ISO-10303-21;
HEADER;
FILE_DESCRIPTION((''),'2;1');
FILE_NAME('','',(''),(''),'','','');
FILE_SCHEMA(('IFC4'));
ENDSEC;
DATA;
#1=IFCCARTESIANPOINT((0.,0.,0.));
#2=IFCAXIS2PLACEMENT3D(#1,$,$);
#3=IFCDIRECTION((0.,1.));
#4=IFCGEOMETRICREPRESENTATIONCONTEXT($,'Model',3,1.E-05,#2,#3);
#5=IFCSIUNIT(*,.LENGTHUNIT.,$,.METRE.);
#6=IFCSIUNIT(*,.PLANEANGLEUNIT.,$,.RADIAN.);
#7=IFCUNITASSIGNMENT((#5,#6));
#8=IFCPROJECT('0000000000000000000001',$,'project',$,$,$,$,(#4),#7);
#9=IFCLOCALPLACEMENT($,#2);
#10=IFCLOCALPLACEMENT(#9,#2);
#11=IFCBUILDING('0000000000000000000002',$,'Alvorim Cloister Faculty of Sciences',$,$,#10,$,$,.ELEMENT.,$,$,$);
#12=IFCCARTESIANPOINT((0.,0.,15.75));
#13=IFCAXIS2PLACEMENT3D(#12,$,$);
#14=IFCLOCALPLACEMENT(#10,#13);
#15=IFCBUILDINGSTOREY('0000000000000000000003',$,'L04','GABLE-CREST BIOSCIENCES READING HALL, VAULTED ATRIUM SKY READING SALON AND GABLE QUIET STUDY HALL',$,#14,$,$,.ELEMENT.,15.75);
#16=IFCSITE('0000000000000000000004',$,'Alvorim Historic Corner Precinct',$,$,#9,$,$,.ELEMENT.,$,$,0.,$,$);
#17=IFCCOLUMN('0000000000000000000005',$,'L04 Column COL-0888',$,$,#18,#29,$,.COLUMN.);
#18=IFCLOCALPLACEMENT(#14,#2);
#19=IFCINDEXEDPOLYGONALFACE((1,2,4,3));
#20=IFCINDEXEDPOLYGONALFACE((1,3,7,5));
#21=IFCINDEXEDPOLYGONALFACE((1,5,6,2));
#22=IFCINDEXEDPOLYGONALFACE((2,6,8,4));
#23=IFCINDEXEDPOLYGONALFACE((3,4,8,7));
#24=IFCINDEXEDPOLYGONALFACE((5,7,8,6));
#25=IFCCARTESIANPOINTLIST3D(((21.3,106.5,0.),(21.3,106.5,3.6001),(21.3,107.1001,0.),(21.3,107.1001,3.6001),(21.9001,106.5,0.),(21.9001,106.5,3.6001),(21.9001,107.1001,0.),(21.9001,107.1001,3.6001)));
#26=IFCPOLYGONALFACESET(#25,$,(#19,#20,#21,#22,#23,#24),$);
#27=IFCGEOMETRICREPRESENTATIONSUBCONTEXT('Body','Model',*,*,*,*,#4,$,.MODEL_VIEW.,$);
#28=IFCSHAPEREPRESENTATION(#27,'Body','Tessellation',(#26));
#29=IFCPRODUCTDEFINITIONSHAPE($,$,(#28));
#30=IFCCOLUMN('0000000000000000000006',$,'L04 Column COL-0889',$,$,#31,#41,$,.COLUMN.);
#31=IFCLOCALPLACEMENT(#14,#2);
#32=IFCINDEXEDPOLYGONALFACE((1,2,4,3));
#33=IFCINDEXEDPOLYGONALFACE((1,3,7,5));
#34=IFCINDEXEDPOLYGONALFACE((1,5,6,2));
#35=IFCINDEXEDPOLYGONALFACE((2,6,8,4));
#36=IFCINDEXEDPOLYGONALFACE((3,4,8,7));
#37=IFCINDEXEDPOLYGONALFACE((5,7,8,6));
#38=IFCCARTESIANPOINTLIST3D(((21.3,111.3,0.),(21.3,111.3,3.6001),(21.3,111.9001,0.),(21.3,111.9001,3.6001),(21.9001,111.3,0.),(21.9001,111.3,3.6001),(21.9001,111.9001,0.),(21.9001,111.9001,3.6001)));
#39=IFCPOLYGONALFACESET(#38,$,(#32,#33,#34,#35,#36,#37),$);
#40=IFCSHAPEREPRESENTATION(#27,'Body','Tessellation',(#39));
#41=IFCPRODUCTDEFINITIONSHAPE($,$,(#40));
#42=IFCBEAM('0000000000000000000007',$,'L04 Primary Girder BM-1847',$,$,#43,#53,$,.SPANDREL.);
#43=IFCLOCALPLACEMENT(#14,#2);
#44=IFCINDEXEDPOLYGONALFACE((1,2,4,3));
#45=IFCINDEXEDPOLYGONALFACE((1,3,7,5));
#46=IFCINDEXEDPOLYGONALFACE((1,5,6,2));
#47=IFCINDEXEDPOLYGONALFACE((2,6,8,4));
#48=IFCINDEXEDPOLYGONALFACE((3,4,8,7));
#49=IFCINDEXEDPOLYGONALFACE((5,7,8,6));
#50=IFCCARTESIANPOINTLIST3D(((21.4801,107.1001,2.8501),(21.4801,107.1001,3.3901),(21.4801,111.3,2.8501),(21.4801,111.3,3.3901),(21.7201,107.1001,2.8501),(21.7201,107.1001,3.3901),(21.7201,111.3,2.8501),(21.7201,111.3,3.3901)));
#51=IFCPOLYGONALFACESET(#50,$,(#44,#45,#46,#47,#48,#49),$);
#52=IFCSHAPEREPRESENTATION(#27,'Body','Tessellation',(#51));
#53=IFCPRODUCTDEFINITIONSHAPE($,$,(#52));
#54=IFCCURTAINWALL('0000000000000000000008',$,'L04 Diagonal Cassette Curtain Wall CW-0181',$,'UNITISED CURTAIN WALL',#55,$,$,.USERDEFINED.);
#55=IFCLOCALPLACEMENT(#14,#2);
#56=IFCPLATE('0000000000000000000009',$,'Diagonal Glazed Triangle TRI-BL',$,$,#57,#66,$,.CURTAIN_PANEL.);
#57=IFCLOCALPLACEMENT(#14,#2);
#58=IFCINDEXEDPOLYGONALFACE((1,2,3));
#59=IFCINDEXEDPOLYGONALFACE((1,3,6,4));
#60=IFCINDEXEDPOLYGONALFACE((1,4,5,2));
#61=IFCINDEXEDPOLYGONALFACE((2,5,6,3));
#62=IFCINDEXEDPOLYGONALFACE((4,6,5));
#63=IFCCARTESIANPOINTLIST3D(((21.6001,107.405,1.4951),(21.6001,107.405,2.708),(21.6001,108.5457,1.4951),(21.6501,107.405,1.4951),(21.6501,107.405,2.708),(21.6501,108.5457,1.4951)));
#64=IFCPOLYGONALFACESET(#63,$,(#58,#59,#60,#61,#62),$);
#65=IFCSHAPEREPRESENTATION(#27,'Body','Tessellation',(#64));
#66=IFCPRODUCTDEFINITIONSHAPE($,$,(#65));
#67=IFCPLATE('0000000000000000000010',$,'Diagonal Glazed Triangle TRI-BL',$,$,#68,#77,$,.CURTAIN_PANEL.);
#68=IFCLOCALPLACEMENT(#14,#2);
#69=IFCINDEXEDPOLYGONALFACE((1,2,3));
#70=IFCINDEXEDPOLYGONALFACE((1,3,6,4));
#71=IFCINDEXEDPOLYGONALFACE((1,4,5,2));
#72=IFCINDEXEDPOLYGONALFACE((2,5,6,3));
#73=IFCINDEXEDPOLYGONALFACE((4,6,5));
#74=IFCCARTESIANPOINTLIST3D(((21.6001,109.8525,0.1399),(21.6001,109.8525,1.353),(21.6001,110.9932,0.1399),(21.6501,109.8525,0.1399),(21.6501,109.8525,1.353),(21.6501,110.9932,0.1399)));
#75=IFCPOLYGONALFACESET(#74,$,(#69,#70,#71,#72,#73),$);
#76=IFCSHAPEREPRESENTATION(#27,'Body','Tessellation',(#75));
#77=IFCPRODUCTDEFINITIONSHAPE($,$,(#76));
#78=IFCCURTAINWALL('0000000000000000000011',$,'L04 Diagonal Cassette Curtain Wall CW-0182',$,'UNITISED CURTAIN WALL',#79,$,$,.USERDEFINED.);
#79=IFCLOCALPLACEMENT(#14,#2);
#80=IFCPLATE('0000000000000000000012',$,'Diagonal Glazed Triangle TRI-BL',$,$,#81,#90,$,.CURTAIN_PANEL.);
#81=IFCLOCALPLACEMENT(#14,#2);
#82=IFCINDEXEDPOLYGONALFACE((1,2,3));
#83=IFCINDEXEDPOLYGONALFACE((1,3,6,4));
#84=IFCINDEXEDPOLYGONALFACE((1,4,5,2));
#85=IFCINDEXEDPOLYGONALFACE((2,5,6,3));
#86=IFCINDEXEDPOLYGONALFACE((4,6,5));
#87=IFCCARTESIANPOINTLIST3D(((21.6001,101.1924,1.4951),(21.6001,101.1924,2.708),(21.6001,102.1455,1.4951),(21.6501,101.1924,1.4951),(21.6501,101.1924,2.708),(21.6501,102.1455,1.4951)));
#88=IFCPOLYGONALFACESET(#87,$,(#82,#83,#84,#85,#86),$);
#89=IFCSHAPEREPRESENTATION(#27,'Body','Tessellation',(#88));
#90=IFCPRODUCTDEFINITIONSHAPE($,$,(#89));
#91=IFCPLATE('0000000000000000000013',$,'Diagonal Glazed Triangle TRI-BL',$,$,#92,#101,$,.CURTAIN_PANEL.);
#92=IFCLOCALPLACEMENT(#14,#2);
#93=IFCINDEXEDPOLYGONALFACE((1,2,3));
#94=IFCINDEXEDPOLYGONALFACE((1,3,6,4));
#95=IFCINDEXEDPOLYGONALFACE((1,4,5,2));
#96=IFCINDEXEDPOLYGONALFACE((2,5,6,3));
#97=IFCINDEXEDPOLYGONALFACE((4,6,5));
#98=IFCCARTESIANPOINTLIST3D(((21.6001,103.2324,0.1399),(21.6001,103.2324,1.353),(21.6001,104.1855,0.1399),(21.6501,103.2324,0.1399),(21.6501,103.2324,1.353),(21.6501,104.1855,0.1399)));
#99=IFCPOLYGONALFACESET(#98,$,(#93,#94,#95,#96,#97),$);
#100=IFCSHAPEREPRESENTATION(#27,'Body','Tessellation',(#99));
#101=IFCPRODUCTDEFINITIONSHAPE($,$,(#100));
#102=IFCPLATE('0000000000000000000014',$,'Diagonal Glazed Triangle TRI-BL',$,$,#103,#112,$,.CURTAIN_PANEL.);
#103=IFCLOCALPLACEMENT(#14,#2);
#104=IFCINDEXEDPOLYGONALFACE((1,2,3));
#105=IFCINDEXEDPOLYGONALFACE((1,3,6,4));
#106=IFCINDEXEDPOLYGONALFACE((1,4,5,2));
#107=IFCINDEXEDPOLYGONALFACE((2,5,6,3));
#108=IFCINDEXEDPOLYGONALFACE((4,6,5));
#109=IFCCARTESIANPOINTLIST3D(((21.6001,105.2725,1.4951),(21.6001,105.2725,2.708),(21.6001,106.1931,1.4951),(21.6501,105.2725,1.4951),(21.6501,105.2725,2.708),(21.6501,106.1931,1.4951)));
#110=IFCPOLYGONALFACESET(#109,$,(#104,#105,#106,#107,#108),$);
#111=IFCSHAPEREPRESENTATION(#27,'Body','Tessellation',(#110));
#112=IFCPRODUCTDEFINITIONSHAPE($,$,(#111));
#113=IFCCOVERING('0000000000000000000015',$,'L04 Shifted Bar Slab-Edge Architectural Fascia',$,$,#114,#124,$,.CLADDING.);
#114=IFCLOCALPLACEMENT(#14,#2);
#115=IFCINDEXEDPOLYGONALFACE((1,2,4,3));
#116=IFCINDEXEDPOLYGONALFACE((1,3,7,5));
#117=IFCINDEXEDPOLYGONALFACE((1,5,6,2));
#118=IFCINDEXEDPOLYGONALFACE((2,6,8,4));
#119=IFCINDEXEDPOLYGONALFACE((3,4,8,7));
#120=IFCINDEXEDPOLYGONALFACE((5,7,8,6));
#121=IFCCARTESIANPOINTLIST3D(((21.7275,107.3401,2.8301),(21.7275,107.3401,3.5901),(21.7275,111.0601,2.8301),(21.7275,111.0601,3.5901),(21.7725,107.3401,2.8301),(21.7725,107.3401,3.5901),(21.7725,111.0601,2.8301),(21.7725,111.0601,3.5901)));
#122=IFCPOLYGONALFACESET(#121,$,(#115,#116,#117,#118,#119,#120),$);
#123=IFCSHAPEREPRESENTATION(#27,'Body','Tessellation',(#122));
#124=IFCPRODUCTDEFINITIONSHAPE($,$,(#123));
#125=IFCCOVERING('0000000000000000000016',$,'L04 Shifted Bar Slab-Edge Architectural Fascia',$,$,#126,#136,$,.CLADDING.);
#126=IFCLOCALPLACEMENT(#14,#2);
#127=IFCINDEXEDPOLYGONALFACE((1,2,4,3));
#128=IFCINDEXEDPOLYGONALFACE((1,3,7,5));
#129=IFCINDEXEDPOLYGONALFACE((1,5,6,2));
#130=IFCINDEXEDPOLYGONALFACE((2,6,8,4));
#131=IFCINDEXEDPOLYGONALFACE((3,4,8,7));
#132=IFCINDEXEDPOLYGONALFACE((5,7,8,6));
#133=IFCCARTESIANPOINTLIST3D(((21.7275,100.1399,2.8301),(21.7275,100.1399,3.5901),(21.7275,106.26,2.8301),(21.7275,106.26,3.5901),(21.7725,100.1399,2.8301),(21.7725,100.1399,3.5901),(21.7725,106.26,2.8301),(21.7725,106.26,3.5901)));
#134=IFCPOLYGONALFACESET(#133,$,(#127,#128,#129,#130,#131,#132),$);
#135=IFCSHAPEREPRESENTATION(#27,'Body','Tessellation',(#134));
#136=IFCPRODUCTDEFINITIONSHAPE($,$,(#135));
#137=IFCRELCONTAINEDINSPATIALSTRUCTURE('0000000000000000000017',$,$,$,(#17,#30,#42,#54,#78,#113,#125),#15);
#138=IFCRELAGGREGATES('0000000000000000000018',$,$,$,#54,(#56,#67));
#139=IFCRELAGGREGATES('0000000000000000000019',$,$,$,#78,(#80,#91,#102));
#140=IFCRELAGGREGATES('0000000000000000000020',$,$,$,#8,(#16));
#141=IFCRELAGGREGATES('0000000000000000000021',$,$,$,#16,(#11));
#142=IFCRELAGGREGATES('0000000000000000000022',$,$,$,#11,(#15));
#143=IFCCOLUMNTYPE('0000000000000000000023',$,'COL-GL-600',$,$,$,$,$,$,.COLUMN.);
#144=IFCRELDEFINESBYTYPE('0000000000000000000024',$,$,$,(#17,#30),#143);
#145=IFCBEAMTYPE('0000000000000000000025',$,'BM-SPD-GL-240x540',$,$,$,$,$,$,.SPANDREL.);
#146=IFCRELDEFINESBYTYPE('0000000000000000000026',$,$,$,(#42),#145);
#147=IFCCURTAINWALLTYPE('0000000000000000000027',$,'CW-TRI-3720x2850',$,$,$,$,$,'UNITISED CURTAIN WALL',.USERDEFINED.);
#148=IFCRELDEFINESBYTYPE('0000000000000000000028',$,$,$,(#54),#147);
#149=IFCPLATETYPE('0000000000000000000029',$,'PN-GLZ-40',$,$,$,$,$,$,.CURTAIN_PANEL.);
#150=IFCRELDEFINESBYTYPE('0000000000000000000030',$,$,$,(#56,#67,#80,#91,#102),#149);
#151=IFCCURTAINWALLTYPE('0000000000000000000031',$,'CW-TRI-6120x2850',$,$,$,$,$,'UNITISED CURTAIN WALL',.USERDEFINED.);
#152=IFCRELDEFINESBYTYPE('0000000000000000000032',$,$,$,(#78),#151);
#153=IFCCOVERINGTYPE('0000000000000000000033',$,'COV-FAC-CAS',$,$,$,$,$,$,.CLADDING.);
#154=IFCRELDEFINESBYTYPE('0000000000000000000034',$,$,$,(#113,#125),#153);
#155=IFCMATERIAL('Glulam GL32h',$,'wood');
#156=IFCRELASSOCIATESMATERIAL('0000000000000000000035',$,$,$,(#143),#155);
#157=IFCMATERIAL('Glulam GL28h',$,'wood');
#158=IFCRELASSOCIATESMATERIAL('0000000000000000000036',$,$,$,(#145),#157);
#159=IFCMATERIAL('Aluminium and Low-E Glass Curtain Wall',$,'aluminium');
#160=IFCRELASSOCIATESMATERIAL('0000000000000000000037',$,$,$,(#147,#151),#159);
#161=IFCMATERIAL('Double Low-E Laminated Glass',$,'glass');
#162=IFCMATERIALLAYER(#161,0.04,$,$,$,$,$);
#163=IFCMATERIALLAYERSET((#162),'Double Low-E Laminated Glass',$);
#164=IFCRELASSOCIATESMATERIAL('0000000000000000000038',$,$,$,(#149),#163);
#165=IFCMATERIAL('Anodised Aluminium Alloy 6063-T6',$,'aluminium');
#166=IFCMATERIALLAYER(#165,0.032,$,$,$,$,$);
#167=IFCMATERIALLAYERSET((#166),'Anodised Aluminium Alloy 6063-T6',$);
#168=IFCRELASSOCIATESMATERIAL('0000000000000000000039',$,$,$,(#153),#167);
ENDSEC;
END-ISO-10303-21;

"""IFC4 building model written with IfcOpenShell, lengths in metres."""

from ifc_helpers import new_model, si_unit, direction, frame, origin, origin_2d, place, context, subcontext, project, spatial, polyline, rectangle, outline, extrude, material, layer, layer_set, material_profile, profile_set, type_object, element, aggregate, save


model = new_model("IFC4")

# Units and contexts
model_context = context("Model", 3, precision=1e-05, world=origin(), true_north=direction((0.0, 1.0)))
body_context = subcontext(model_context, "Body", "Model", "MODEL_VIEW")
ifc_project = project(units=[si_unit("LENGTHUNIT", "METRE"), si_unit("PLANEANGLEUNIT", "RADIAN")], contexts=[model_context])

# Site, building, storey
site_placement = place(None, origin())
site = spatial("IfcSite", under=ifc_project, at=site_placement, Name="Alvorim Historic Corner Precinct", CompositionType="ELEMENT", RefElevation=0.0)
building_placement = place(site_placement, origin())
building = spatial("IfcBuilding", under=site, at=building_placement, Name="Alvorim Cloister Faculty of Sciences", CompositionType="ELEMENT")
storey_placement = place(building_placement, frame((0.0, 0.0, 15.75)))
storey = spatial("IfcBuildingStorey", under=building, at=storey_placement, Name="L04", Description="GABLE-CREST BIOSCIENCES READING HALL, VAULTED ATRIUM SKY READING SALON AND GABLE QUIET STUDY HALL", CompositionType="ELEMENT", Elevation=15.75)

# Columns
ifc_material_1 = material(Name="Glulam GL32h", Category="wood")
ifc_material_profile_1 = material_profile(ifc_material_1, rectangle(XDim=0.6001, YDim=0.6001, at=origin_2d()), Name="GL32-COL-600x600")
ifc_profile_set_1 = profile_set([ifc_material_profile_1], Name="Glulam GL32h")
column_type = type_object("IfcColumnType", Name="COL-GL-600", PredefinedType="COLUMN", material=ifc_profile_set_1)
for number, where, z_axis, x_axis, name in (
    (1, (21.6001, 106.8, 0.0), (0.0, 0.0, 1.0), (1.0, 0.0, 0.0), "L04 Column COL-0888"),
    (2, (21.6001, 111.6001, 0.0), (0.0, 0.0, 1.0), (1.0, 0.0, 0.0), "L04 Column COL-0889"),
):
    element("IfcColumn", number, at=place(storey_placement, frame(where, z_axis=z_axis, x_axis=x_axis)), inside=storey, type_object=column_type, Name=name, PredefinedType="COLUMN", context=body_context, shape_type="SweptSolid", body=[
        extrude(rectangle(XDim=0.6001, YDim=0.6001, at=origin_2d()), origin(), (0.0, 0.0, 1.0), 3.6001),
    ])

# Beam
ifc_material_2 = material(Name="Glulam GL28h", Category="wood")
ifc_material_profile_2 = material_profile(ifc_material_2, rectangle(XDim=0.24, YDim=0.54, at=origin_2d()), Name="GL28-SPD-240x540")
ifc_profile_set_2 = profile_set([ifc_material_profile_2], Name="Glulam GL28h")
beam_type = type_object("IfcBeamType", Name="BM-SPD-GL-240x540", PredefinedType="SPANDREL", material=ifc_profile_set_2)
beam_placement = place(storey_placement, frame((21.6001, 107.1001, 3.1201), z_axis=(0.0, 1.0, 0.0), x_axis=(-1.0, 0.0, 0.0)))
element("IfcBeam", 3, at=beam_placement, inside=storey, type_object=beam_type, Name="L04 Primary Girder BM-1847", PredefinedType="SPANDREL", context=body_context, shape_type="SweptSolid", body=[
    extrude(rectangle(XDim=0.24, YDim=0.54, at=origin_2d()), origin(), (0.0, 0.0, 1.0), 4.2),
])

# Curtain walls, plates
ifc_material_3 = material(Name="Aluminium and Low-E Glass Curtain Wall", Category="aluminium")
curtain_wall_type_1 = type_object("IfcCurtainWallType", Name="CW-TRI-3720x2850", ElementType="UNITISED CURTAIN WALL", PredefinedType="USERDEFINED", material=ifc_material_3)
curtain_wall_1_placement = place(storey_placement, origin())
curtain_wall_1 = element("IfcCurtainWall", 4, at=curtain_wall_1_placement, inside=storey, type_object=curtain_wall_type_1, Name="L04 Diagonal Cassette Curtain Wall CW-0181", ObjectType="UNITISED CURTAIN WALL", PredefinedType="USERDEFINED")
ifc_material_4 = material(Name="Double Low-E Laminated Glass", Category="glass")
ifc_layer_1 = layer(ifc_material_4, 0.04)
ifc_layer_set_1 = layer_set([ifc_layer_1], Name="Double Low-E Laminated Glass")
plate_type = type_object("IfcPlateType", Name="PN-GLZ-40", PredefinedType="CURTAIN_PANEL", material=ifc_layer_set_1)
plate_1_placement = place(storey_placement, frame((21.625, 107.405, 1.4951), z_axis=(0.0, 0.0, 1.0), x_axis=(0.0, 1.0, 0.0)))
plate_1 = element("IfcPlate", 5, at=plate_1_placement, type_object=plate_type, Name="Diagonal Glazed Triangle TRI-BL", PredefinedType="CURTAIN_PANEL", context=body_context, shape_type="SweptSolid", body=[
    extrude(outline(polyline([(0.0, 0.0), (1.1406, 0.0), (0.0, 1.2129), (0.0, 0.0)])), frame((0.0, 0.0249, 0.0), z_axis=(0.0, -1.0, 0.0), x_axis=(1.0, 0.0, 0.0)), (0.0, 0.0, 1.0), 0.05),
])
plate_2_placement = place(storey_placement, frame((21.625, 109.8525, 0.1399), z_axis=(0.0, 0.0, 1.0), x_axis=(0.0, 1.0, 0.0)))
plate_2 = element("IfcPlate", 6, at=plate_2_placement, type_object=plate_type, Name="Diagonal Glazed Triangle TRI-BL", PredefinedType="CURTAIN_PANEL", context=body_context, shape_type="SweptSolid", body=[
    extrude(outline(polyline([(0.0, 0.0), (1.1406, 0.0), (0.0, 1.2131), (0.0, 0.0)])), frame((0.0, 0.0249, 0.0), z_axis=(0.0, -1.0, 0.0), x_axis=(1.0, 0.0, 0.0)), (0.0, 0.0, 1.0), 0.05),
])
aggregate(curtain_wall_1, [plate_1, plate_2])
curtain_wall_type_2 = type_object("IfcCurtainWallType", Name="CW-TRI-6120x2850", ElementType="UNITISED CURTAIN WALL", PredefinedType="USERDEFINED", material=ifc_material_3)
curtain_wall_2_placement = place(storey_placement, origin())
curtain_wall_2 = element("IfcCurtainWall", 7, at=curtain_wall_2_placement, inside=storey, type_object=curtain_wall_type_2, Name="L04 Diagonal Cassette Curtain Wall CW-0182", ObjectType="UNITISED CURTAIN WALL", PredefinedType="USERDEFINED")
plate_3_placement = place(storey_placement, frame((21.625, 101.1924, 1.4951), z_axis=(0.0, 0.0, 1.0), x_axis=(0.0, 1.0, 0.0)))
plate_3 = element("IfcPlate", 8, at=plate_3_placement, type_object=plate_type, Name="Diagonal Glazed Triangle TRI-BL", PredefinedType="CURTAIN_PANEL", context=body_context, shape_type="SweptSolid", body=[
    extrude(outline(polyline([(0.0, 0.0), (0.9531, 0.0), (0.0, 1.2129), (0.0, 0.0)])), frame((0.0, 0.0249, 0.0), z_axis=(0.0, -1.0, 0.0), x_axis=(1.0, 0.0, 0.0)), (0.0, 0.0, 1.0), 0.05),
])
plate_4_placement = place(storey_placement, frame((21.625, 103.2324, 0.1399), z_axis=(0.0, 0.0, 1.0), x_axis=(0.0, 1.0, 0.0)))
plate_4 = element("IfcPlate", 9, at=plate_4_placement, type_object=plate_type, Name="Diagonal Glazed Triangle TRI-BL", PredefinedType="CURTAIN_PANEL", context=body_context, shape_type="SweptSolid", body=[
    extrude(outline(polyline([(0.0, 0.0), (0.9531, 0.0), (0.0, 1.2131), (0.0, 0.0)])), frame((0.0, 0.0249, 0.0), z_axis=(0.0, -1.0, 0.0), x_axis=(1.0, 0.0, 0.0)), (0.0, 0.0, 1.0), 0.05),
])
plate_5_placement = place(storey_placement, frame((21.625, 105.2725, 1.4951), z_axis=(0.0, 0.0, 1.0), x_axis=(0.0, 1.0, 0.0)))
plate_5 = element("IfcPlate", 10, at=plate_5_placement, type_object=plate_type, Name="Diagonal Glazed Triangle TRI-BL", PredefinedType="CURTAIN_PANEL", context=body_context, shape_type="SweptSolid", body=[
    extrude(outline(polyline([(0.0, 0.0), (0.9207, 0.0), (0.0, 1.2129), (0.0, 0.0)])), frame((0.0, 0.0249, 0.0), z_axis=(0.0, -1.0, 0.0), x_axis=(1.0, 0.0, 0.0)), (0.0, 0.0, 1.0), 0.05),
])
aggregate(curtain_wall_2, [plate_3, plate_4, plate_5])

# Coverings
ifc_material_5 = material(Name="Anodised Aluminium Alloy 6063-T6", Category="aluminium")
ifc_layer_2 = layer(ifc_material_5, 0.032)
ifc_layer_set_2 = layer_set([ifc_layer_2], Name="Anodised Aluminium Alloy 6063-T6")
covering_type = type_object("IfcCoveringType", Name="COV-FAC-CAS", PredefinedType="CLADDING", material=ifc_layer_set_2)
covering_1_placement = place(storey_placement, frame((21.75, 107.3401, 2.8301), z_axis=(0.0, 0.0, 1.0), x_axis=(0.0, 1.0, 0.0)))
element("IfcCovering", 11, at=covering_1_placement, inside=storey, type_object=covering_type, Name="L04 Shifted Bar Slab-Edge Architectural Fascia", PredefinedType="CLADDING", context=body_context, shape_type="SweptSolid", body=[
    extrude(outline(polyline([(0.0, 0.0), (3.72, 0.0), (3.72, 0.76), (0.0, 0.76), (0.0, 0.0)])), frame((0.0, 0.0225, 0.0), z_axis=(0.0, -1.0, 0.0), x_axis=(1.0, 0.0, 0.0)), (0.0, 0.0, 1.0), 0.0449),
])
covering_2_placement = place(storey_placement, frame((21.75, 100.1399, 2.8301), z_axis=(0.0, 0.0, 1.0), x_axis=(0.0, 1.0, 0.0)))
element("IfcCovering", 12, at=covering_2_placement, inside=storey, type_object=covering_type, Name="L04 Shifted Bar Slab-Edge Architectural Fascia", PredefinedType="CLADDING", context=body_context, shape_type="SweptSolid", body=[
    extrude(outline(polyline([(0.0, 0.0), (6.1201, 0.0), (6.1201, 0.76), (0.0, 0.76), (0.0, 0.0)])), frame((0.0, 0.0225, 0.0), z_axis=(0.0, -1.0, 0.0), x_axis=(1.0, 0.0, 0.0)), (0.0, 0.0, 1.0), 0.0449),
])

save(model, "model.ifc")
